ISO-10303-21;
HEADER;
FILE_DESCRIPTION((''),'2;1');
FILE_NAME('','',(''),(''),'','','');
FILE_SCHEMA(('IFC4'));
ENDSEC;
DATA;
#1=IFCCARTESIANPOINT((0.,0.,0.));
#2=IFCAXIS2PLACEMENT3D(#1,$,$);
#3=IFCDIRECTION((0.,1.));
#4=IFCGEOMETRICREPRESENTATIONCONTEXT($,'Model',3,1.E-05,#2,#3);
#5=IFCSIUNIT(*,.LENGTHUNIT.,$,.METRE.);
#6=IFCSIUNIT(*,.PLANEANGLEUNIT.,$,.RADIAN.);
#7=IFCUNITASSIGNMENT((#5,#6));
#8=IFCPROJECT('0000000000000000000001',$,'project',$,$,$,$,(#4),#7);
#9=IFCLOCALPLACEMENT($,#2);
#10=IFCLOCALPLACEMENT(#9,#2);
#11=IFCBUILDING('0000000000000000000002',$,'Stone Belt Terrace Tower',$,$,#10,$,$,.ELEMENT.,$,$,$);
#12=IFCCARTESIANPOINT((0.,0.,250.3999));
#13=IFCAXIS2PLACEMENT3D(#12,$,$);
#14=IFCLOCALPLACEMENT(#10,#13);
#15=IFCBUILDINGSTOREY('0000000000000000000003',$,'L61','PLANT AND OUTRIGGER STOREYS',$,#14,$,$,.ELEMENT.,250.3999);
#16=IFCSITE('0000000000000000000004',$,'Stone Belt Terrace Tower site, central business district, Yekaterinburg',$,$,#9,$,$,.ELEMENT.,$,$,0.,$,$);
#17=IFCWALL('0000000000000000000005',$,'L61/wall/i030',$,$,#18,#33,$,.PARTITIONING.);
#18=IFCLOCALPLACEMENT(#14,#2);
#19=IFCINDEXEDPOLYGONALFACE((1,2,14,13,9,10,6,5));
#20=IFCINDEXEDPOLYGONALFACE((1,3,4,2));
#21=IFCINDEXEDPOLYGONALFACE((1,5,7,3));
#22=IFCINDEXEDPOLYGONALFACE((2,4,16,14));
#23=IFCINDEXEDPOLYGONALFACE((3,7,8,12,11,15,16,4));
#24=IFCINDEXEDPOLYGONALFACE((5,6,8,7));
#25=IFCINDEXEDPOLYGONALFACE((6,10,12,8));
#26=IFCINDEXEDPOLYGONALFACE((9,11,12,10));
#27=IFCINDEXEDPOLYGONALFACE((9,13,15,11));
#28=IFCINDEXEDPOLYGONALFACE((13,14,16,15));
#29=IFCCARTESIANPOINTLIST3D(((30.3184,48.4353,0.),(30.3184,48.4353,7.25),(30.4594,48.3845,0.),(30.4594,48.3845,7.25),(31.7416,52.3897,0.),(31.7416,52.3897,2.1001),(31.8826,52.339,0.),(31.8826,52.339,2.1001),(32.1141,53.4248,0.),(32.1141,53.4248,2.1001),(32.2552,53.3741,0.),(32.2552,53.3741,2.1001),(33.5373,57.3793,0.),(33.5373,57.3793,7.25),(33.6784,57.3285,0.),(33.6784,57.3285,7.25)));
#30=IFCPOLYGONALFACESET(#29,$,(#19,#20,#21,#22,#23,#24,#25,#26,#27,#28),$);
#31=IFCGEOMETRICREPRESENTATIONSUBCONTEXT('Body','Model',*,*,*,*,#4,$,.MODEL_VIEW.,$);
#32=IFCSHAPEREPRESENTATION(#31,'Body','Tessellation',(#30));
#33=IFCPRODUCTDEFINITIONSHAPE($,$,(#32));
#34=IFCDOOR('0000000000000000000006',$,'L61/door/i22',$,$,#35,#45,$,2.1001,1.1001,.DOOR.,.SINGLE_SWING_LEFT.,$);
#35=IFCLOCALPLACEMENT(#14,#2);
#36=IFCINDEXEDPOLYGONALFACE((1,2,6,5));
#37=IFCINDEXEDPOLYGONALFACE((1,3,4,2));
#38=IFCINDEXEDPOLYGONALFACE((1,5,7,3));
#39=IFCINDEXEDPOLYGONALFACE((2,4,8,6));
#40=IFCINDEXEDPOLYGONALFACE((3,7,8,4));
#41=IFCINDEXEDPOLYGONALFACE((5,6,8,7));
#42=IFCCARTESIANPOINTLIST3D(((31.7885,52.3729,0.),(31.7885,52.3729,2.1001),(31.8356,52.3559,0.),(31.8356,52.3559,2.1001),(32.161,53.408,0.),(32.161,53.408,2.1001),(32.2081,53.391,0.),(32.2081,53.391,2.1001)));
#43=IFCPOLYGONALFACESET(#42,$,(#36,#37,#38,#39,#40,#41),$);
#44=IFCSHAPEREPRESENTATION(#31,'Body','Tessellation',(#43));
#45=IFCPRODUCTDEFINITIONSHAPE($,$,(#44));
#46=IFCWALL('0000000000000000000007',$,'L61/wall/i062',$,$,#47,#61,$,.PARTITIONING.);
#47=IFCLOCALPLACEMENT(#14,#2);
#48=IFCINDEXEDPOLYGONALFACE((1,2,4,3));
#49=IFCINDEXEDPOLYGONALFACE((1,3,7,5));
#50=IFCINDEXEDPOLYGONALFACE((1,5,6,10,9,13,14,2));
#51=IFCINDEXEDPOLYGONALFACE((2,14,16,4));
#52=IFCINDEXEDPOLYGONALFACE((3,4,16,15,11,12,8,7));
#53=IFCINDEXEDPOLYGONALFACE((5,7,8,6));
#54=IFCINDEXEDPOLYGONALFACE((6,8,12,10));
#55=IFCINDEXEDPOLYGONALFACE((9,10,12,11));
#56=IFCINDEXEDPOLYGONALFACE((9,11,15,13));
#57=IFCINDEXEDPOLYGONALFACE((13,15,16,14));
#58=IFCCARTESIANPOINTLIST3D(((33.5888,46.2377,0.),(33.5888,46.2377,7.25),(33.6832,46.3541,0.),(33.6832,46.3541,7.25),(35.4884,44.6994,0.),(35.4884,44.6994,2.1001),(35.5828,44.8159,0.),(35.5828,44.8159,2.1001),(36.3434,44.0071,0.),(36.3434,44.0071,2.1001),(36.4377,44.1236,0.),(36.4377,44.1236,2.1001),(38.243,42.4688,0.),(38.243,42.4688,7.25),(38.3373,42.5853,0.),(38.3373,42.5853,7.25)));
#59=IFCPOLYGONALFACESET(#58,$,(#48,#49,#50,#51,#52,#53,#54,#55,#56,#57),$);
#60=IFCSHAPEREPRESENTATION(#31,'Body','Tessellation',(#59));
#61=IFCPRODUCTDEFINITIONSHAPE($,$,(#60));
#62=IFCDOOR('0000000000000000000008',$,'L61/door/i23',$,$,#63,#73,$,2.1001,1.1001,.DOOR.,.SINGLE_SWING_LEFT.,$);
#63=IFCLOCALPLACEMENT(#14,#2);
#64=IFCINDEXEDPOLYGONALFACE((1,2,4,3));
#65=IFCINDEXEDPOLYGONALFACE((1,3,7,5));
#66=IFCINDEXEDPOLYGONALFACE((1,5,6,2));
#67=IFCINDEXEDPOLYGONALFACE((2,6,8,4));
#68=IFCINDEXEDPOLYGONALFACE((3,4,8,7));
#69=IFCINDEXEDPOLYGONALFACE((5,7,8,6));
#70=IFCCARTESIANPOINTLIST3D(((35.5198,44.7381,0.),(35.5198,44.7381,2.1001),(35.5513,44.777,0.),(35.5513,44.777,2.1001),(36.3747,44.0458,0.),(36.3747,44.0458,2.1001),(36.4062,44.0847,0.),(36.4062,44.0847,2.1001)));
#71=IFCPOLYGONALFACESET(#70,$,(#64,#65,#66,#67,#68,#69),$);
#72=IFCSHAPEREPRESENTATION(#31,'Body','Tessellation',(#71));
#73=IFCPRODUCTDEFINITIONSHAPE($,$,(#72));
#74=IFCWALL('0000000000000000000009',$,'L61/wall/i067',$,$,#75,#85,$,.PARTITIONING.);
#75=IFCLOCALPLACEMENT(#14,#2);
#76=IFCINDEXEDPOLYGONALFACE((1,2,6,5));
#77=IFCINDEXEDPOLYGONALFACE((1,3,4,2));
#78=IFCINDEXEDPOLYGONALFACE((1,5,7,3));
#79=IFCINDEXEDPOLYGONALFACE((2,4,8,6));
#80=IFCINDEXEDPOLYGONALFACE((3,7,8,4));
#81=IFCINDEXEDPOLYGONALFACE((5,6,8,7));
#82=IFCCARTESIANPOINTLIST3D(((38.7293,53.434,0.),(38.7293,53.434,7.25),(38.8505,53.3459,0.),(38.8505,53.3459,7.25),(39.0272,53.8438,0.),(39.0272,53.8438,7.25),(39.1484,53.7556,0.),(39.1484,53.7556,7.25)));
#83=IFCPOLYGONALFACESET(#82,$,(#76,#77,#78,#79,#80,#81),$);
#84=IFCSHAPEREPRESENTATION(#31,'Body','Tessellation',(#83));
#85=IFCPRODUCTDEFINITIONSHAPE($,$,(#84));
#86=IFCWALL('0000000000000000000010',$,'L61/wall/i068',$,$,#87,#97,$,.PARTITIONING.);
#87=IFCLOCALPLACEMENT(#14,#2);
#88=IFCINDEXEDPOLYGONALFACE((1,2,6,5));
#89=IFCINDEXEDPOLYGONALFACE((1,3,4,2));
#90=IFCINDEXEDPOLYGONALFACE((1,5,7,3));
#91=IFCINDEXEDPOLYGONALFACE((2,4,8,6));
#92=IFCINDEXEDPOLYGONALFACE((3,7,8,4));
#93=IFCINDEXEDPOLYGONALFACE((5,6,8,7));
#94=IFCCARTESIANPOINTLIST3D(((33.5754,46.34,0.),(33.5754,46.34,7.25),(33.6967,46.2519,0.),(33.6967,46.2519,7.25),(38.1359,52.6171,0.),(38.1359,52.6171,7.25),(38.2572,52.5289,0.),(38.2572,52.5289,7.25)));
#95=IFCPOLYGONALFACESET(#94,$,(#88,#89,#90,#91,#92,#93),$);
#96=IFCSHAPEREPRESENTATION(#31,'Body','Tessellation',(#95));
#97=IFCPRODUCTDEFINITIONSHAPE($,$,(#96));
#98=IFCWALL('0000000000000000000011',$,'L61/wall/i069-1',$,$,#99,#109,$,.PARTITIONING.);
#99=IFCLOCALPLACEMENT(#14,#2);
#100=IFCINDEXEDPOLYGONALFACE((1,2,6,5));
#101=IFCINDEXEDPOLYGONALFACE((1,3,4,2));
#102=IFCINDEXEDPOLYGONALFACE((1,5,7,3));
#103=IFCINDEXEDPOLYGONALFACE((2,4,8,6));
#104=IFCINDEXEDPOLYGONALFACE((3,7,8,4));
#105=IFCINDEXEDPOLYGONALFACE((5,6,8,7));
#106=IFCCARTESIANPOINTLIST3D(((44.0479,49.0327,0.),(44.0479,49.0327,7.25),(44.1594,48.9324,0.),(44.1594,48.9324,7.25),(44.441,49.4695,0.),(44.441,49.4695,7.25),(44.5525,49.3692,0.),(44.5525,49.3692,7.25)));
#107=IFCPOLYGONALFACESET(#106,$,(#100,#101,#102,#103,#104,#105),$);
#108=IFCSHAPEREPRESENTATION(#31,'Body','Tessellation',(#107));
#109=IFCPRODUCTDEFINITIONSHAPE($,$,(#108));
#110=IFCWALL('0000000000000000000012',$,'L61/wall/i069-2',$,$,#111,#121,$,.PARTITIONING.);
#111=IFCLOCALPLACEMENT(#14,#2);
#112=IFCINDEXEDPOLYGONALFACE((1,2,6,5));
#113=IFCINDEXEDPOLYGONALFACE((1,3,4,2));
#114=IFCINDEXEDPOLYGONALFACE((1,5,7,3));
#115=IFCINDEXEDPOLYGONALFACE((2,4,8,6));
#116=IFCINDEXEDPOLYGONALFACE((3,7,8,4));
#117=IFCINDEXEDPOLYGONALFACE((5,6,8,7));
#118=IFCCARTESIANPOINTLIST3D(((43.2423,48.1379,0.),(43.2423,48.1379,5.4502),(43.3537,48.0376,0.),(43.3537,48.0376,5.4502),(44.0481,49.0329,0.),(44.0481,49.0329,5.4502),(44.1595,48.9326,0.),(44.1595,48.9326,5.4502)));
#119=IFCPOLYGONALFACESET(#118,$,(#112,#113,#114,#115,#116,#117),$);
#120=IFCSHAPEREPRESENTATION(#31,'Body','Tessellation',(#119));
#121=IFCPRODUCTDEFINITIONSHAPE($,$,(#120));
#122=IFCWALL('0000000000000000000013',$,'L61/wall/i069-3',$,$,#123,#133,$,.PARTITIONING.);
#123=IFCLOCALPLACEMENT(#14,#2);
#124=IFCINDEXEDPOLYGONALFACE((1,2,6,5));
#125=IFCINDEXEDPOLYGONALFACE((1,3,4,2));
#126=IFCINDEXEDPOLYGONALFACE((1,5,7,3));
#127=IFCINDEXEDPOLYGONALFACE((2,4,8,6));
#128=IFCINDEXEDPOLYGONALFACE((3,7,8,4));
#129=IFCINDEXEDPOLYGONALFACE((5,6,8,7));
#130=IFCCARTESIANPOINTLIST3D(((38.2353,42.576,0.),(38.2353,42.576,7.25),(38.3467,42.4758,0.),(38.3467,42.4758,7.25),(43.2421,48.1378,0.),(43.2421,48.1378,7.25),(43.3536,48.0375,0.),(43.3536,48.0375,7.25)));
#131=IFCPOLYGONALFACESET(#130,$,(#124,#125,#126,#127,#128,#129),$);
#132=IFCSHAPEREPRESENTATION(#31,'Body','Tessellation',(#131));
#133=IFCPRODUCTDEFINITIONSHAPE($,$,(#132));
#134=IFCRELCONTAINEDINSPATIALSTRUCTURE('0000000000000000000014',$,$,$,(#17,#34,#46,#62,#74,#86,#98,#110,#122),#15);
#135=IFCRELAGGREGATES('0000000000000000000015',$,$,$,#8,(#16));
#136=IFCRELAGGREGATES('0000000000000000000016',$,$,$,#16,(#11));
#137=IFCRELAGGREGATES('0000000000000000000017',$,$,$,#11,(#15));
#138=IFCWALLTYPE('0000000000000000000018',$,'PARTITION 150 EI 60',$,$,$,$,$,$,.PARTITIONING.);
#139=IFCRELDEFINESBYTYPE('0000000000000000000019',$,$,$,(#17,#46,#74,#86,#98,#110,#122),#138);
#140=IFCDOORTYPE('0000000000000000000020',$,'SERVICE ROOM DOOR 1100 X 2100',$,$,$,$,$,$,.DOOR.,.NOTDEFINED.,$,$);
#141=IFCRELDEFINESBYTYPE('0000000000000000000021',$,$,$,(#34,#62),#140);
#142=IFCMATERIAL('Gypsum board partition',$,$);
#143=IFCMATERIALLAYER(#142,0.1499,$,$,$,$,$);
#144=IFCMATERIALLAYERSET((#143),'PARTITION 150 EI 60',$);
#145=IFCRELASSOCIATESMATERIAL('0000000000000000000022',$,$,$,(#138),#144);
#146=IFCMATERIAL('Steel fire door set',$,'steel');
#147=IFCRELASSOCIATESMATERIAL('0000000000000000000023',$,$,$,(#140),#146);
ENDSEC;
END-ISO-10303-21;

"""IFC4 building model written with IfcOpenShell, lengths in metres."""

from ifc_helpers import new_model, si_unit, direction, frame, frame_2d, origin, place, context, subcontext, project, spatial, rectangle, extrude, material, layer, layer_set, type_object, element, fill, save


model = new_model("IFC4")

# Units and contexts
model_context = context("Model", 3, precision=1e-05, world=origin(), true_north=direction((0.0, 1.0)))
body_context = subcontext(model_context, "Body", "Model", "MODEL_VIEW")
ifc_project = project(units=[si_unit("LENGTHUNIT", "METRE"), si_unit("PLANEANGLEUNIT", "RADIAN")], contexts=[model_context])

# Site, building, storey
site_placement = place(None, origin())
site = spatial("IfcSite", under=ifc_project, at=site_placement, Name="Stone Belt Terrace Tower site, central business district, Yekaterinburg", CompositionType="ELEMENT", RefElevation=0.0)
building_placement = place(site_placement, origin())
building = spatial("IfcBuilding", under=site, at=building_placement, Name="Stone Belt Terrace Tower", CompositionType="ELEMENT")
storey_placement = place(building_placement, frame((0.0, 0.0, 250.3999)))
storey = spatial("IfcBuildingStorey", under=building, at=storey_placement, Name="L61", Description="PLANT AND OUTRIGGER STOREYS", CompositionType="ELEMENT", Elevation=250.3999)

# Walls, openings, doors
ifc_material_1 = material(Name="Gypsum board partition")
ifc_layer_1 = layer(ifc_material_1, 0.1499)
ifc_layer_set_1 = layer_set([ifc_layer_1], Name="PARTITION 150 EI 60")
wall_type = type_object("IfcWallType", Name="PARTITION 150 EI 60", PredefinedType="PARTITIONING", material=ifc_layer_set_1)
wall_1_placement = place(storey_placement, frame((33.6079, 57.354, 0.0), z_axis=(0.0, 0.0, 1.0), x_axis=(-0.338638, -0.940917, 0.0)))
wall_1 = element("IfcWall", 1, at=wall_1_placement, inside=storey, type_object=wall_type, Name="L61/wall/i030", PredefinedType="PARTITIONING", context=body_context, shape_type="SweptSolid", body=[
    extrude(rectangle(XDim=9.5056, YDim=0.1499, at=frame_2d((4.7529, 0.0))), origin(), (0.0, 0.0, 1.0), 7.25),
])
opening_1_placement = place(wall_1_placement, frame((4.2029, 0.0, 0.0)))
opening_1 = element("IfcOpeningElement", 2, at=opening_1_placement, cuts=wall_1, PredefinedType="OPENING", context=body_context, shape_type="SweptSolid", body=[
    extrude(rectangle(XDim=1.1001, YDim=2.1001, at=frame_2d((0.55, 1.05))), frame((0.0, 0.085, 0.0), z_axis=(0.0, -1.0, 0.0), x_axis=(1.0, 0.0, 0.0)), (0.0, 0.0, 1.0), 0.1699),
])
ifc_material_2 = material(Name="Steel fire door set", Category="steel")
door_type = type_object("IfcDoorType", Name="SERVICE ROOM DOOR 1100 X 2100", OperationType="NOTDEFINED", PredefinedType="DOOR", material=ifc_material_2)
door_1_placement = place(opening_1_placement, origin())
door_1 = element("IfcDoor", 3, at=door_1_placement, inside=storey, type_object=door_type, Name="L61/door/i22", OperationType="SINGLE_SWING_LEFT", OverallHeight=2.1001, OverallWidth=1.1001, PredefinedType="DOOR", context=body_context, shape_type="SweptSolid", body=[
    extrude(rectangle(XDim=1.1001, YDim=2.1001, at=frame_2d((0.55, 1.05))), frame((0.0, 0.0249, 0.0), z_axis=(0.0, -1.0, 0.0), x_axis=(1.0, 0.0, 0.0)), (0.0, 0.0, 1.0), 0.05),
])
fill(opening_1, door_1)
wall_2_placement = place(storey_placement, frame((33.636, 46.2959, 0.0), z_axis=(0.0, 0.0, 1.0), x_axis=(0.777144, -0.629323, 0.0)))
wall_2 = element("IfcWall", 4, at=wall_2_placement, inside=storey, type_object=wall_type, Name="L61/wall/i062", PredefinedType="PARTITIONING", context=body_context, shape_type="SweptSolid", body=[
    extrude(rectangle(XDim=5.9888, YDim=0.1499, at=frame_2d((2.9944, 0.0))), origin(), (0.0, 0.0, 1.0), 7.25),
])
opening_2_placement = place(wall_2_placement, frame((2.4443, 0.0, 0.0)))
opening_2 = element("IfcOpeningElement", 5, at=opening_2_placement, cuts=wall_2, PredefinedType="OPENING", context=body_context, shape_type="SweptSolid", body=[
    extrude(rectangle(XDim=1.1001, YDim=2.1001, at=frame_2d((0.55, 1.05))), frame((0.0, 0.085, 0.0), z_axis=(0.0, -1.0, 0.0), x_axis=(1.0, 0.0, 0.0)), (0.0, 0.0, 1.0), 0.1699),
])
door_2_placement = place(opening_2_placement, origin())
door_2 = element("IfcDoor", 6, at=door_2_placement, inside=storey, type_object=door_type, Name="L61/door/i23", OperationType="SINGLE_SWING_LEFT", OverallHeight=2.1001, OverallWidth=1.1001, PredefinedType="DOOR", context=body_context, shape_type="SweptSolid", body=[
    extrude(rectangle(XDim=1.1001, YDim=2.1001, at=frame_2d((0.55, 1.05))), frame((0.0, 0.0249, 0.0), z_axis=(0.0, -1.0, 0.0), x_axis=(1.0, 0.0, 0.0)), (0.0, 0.0, 1.0), 0.05),
])
fill(opening_2, door_2)

# Walls
wall_3_placement = place(storey_placement, frame((39.0879, 53.7998, 0.0), z_axis=(0.0, 0.0, 1.0), x_axis=(-0.588057, -0.808819, 0.0)))
element("IfcWall", 7, at=wall_3_placement, inside=storey, type_object=wall_type, Name="L61/wall/i067", PredefinedType="PARTITIONING", context=body_context, shape_type="SweptSolid", body=[
    extrude(rectangle(XDim=0.5066, YDim=0.1499, at=frame_2d((0.2534, 0.0))), origin(), (0.0, 0.0, 1.0), 7.25),
])
wall_4_placement = place(storey_placement, frame((38.1965, 52.573, 0.0), z_axis=(0.0, 0.0, 1.0), x_axis=(-0.587782, -0.809019, 0.0)))
element("IfcWall", 8, at=wall_4_placement, inside=storey, type_object=wall_type, Name="L61/wall/i068", PredefinedType="PARTITIONING", context=body_context, shape_type="SweptSolid", body=[
    extrude(rectangle(XDim=7.7588, YDim=0.1499, at=frame_2d((3.8794, 0.0))), origin(), (0.0, 0.0, 1.0), 7.25),
])
wall_5_placement = place(storey_placement, frame((44.4968, 49.4194, 0.0), z_axis=(0.0, 0.0, 1.0), x_axis=(-0.668942, -0.743315, 0.0)))
element("IfcWall", 9, at=wall_5_placement, inside=storey, type_object=wall_type, Name="L61/wall/i069-1", PredefinedType="PARTITIONING", context=body_context, shape_type="SweptSolid", body=[
    extrude(rectangle(XDim=0.5876, YDim=0.1499, at=frame_2d((0.2939, 0.0))), origin(), (0.0, 0.0, 1.0), 7.25),
])
wall_6_placement = place(storey_placement, frame((44.1038, 48.9827, 0.0), z_axis=(0.0, 0.0, 1.0), x_axis=(-0.669144, -0.743133, 0.0)))
element("IfcWall", 10, at=wall_6_placement, inside=storey, type_object=wall_type, Name="L61/wall/i069-2", PredefinedType="PARTITIONING", context=body_context, shape_type="SweptSolid", body=[
    extrude(rectangle(XDim=1.2043, YDim=0.1499, at=frame_2d((0.6021, 0.0))), origin(), (0.0, 0.0, 1.0), 5.4502),
])
wall_7_placement = place(storey_placement, frame((43.2979, 48.0876, 0.0), z_axis=(0.0, 0.0, 1.0), x_axis=(-0.669057, -0.743211, 0.0)))
element("IfcWall", 11, at=wall_7_placement, inside=storey, type_object=wall_type, Name="L61/wall/i069-3", PredefinedType="PARTITIONING", context=body_context, shape_type="SweptSolid", body=[
    extrude(rectangle(XDim=7.4834, YDim=0.1499, at=frame_2d((3.7417, 0.0))), origin(), (0.0, 0.0, 1.0), 7.25),
])

save(model, "model.ifc")
